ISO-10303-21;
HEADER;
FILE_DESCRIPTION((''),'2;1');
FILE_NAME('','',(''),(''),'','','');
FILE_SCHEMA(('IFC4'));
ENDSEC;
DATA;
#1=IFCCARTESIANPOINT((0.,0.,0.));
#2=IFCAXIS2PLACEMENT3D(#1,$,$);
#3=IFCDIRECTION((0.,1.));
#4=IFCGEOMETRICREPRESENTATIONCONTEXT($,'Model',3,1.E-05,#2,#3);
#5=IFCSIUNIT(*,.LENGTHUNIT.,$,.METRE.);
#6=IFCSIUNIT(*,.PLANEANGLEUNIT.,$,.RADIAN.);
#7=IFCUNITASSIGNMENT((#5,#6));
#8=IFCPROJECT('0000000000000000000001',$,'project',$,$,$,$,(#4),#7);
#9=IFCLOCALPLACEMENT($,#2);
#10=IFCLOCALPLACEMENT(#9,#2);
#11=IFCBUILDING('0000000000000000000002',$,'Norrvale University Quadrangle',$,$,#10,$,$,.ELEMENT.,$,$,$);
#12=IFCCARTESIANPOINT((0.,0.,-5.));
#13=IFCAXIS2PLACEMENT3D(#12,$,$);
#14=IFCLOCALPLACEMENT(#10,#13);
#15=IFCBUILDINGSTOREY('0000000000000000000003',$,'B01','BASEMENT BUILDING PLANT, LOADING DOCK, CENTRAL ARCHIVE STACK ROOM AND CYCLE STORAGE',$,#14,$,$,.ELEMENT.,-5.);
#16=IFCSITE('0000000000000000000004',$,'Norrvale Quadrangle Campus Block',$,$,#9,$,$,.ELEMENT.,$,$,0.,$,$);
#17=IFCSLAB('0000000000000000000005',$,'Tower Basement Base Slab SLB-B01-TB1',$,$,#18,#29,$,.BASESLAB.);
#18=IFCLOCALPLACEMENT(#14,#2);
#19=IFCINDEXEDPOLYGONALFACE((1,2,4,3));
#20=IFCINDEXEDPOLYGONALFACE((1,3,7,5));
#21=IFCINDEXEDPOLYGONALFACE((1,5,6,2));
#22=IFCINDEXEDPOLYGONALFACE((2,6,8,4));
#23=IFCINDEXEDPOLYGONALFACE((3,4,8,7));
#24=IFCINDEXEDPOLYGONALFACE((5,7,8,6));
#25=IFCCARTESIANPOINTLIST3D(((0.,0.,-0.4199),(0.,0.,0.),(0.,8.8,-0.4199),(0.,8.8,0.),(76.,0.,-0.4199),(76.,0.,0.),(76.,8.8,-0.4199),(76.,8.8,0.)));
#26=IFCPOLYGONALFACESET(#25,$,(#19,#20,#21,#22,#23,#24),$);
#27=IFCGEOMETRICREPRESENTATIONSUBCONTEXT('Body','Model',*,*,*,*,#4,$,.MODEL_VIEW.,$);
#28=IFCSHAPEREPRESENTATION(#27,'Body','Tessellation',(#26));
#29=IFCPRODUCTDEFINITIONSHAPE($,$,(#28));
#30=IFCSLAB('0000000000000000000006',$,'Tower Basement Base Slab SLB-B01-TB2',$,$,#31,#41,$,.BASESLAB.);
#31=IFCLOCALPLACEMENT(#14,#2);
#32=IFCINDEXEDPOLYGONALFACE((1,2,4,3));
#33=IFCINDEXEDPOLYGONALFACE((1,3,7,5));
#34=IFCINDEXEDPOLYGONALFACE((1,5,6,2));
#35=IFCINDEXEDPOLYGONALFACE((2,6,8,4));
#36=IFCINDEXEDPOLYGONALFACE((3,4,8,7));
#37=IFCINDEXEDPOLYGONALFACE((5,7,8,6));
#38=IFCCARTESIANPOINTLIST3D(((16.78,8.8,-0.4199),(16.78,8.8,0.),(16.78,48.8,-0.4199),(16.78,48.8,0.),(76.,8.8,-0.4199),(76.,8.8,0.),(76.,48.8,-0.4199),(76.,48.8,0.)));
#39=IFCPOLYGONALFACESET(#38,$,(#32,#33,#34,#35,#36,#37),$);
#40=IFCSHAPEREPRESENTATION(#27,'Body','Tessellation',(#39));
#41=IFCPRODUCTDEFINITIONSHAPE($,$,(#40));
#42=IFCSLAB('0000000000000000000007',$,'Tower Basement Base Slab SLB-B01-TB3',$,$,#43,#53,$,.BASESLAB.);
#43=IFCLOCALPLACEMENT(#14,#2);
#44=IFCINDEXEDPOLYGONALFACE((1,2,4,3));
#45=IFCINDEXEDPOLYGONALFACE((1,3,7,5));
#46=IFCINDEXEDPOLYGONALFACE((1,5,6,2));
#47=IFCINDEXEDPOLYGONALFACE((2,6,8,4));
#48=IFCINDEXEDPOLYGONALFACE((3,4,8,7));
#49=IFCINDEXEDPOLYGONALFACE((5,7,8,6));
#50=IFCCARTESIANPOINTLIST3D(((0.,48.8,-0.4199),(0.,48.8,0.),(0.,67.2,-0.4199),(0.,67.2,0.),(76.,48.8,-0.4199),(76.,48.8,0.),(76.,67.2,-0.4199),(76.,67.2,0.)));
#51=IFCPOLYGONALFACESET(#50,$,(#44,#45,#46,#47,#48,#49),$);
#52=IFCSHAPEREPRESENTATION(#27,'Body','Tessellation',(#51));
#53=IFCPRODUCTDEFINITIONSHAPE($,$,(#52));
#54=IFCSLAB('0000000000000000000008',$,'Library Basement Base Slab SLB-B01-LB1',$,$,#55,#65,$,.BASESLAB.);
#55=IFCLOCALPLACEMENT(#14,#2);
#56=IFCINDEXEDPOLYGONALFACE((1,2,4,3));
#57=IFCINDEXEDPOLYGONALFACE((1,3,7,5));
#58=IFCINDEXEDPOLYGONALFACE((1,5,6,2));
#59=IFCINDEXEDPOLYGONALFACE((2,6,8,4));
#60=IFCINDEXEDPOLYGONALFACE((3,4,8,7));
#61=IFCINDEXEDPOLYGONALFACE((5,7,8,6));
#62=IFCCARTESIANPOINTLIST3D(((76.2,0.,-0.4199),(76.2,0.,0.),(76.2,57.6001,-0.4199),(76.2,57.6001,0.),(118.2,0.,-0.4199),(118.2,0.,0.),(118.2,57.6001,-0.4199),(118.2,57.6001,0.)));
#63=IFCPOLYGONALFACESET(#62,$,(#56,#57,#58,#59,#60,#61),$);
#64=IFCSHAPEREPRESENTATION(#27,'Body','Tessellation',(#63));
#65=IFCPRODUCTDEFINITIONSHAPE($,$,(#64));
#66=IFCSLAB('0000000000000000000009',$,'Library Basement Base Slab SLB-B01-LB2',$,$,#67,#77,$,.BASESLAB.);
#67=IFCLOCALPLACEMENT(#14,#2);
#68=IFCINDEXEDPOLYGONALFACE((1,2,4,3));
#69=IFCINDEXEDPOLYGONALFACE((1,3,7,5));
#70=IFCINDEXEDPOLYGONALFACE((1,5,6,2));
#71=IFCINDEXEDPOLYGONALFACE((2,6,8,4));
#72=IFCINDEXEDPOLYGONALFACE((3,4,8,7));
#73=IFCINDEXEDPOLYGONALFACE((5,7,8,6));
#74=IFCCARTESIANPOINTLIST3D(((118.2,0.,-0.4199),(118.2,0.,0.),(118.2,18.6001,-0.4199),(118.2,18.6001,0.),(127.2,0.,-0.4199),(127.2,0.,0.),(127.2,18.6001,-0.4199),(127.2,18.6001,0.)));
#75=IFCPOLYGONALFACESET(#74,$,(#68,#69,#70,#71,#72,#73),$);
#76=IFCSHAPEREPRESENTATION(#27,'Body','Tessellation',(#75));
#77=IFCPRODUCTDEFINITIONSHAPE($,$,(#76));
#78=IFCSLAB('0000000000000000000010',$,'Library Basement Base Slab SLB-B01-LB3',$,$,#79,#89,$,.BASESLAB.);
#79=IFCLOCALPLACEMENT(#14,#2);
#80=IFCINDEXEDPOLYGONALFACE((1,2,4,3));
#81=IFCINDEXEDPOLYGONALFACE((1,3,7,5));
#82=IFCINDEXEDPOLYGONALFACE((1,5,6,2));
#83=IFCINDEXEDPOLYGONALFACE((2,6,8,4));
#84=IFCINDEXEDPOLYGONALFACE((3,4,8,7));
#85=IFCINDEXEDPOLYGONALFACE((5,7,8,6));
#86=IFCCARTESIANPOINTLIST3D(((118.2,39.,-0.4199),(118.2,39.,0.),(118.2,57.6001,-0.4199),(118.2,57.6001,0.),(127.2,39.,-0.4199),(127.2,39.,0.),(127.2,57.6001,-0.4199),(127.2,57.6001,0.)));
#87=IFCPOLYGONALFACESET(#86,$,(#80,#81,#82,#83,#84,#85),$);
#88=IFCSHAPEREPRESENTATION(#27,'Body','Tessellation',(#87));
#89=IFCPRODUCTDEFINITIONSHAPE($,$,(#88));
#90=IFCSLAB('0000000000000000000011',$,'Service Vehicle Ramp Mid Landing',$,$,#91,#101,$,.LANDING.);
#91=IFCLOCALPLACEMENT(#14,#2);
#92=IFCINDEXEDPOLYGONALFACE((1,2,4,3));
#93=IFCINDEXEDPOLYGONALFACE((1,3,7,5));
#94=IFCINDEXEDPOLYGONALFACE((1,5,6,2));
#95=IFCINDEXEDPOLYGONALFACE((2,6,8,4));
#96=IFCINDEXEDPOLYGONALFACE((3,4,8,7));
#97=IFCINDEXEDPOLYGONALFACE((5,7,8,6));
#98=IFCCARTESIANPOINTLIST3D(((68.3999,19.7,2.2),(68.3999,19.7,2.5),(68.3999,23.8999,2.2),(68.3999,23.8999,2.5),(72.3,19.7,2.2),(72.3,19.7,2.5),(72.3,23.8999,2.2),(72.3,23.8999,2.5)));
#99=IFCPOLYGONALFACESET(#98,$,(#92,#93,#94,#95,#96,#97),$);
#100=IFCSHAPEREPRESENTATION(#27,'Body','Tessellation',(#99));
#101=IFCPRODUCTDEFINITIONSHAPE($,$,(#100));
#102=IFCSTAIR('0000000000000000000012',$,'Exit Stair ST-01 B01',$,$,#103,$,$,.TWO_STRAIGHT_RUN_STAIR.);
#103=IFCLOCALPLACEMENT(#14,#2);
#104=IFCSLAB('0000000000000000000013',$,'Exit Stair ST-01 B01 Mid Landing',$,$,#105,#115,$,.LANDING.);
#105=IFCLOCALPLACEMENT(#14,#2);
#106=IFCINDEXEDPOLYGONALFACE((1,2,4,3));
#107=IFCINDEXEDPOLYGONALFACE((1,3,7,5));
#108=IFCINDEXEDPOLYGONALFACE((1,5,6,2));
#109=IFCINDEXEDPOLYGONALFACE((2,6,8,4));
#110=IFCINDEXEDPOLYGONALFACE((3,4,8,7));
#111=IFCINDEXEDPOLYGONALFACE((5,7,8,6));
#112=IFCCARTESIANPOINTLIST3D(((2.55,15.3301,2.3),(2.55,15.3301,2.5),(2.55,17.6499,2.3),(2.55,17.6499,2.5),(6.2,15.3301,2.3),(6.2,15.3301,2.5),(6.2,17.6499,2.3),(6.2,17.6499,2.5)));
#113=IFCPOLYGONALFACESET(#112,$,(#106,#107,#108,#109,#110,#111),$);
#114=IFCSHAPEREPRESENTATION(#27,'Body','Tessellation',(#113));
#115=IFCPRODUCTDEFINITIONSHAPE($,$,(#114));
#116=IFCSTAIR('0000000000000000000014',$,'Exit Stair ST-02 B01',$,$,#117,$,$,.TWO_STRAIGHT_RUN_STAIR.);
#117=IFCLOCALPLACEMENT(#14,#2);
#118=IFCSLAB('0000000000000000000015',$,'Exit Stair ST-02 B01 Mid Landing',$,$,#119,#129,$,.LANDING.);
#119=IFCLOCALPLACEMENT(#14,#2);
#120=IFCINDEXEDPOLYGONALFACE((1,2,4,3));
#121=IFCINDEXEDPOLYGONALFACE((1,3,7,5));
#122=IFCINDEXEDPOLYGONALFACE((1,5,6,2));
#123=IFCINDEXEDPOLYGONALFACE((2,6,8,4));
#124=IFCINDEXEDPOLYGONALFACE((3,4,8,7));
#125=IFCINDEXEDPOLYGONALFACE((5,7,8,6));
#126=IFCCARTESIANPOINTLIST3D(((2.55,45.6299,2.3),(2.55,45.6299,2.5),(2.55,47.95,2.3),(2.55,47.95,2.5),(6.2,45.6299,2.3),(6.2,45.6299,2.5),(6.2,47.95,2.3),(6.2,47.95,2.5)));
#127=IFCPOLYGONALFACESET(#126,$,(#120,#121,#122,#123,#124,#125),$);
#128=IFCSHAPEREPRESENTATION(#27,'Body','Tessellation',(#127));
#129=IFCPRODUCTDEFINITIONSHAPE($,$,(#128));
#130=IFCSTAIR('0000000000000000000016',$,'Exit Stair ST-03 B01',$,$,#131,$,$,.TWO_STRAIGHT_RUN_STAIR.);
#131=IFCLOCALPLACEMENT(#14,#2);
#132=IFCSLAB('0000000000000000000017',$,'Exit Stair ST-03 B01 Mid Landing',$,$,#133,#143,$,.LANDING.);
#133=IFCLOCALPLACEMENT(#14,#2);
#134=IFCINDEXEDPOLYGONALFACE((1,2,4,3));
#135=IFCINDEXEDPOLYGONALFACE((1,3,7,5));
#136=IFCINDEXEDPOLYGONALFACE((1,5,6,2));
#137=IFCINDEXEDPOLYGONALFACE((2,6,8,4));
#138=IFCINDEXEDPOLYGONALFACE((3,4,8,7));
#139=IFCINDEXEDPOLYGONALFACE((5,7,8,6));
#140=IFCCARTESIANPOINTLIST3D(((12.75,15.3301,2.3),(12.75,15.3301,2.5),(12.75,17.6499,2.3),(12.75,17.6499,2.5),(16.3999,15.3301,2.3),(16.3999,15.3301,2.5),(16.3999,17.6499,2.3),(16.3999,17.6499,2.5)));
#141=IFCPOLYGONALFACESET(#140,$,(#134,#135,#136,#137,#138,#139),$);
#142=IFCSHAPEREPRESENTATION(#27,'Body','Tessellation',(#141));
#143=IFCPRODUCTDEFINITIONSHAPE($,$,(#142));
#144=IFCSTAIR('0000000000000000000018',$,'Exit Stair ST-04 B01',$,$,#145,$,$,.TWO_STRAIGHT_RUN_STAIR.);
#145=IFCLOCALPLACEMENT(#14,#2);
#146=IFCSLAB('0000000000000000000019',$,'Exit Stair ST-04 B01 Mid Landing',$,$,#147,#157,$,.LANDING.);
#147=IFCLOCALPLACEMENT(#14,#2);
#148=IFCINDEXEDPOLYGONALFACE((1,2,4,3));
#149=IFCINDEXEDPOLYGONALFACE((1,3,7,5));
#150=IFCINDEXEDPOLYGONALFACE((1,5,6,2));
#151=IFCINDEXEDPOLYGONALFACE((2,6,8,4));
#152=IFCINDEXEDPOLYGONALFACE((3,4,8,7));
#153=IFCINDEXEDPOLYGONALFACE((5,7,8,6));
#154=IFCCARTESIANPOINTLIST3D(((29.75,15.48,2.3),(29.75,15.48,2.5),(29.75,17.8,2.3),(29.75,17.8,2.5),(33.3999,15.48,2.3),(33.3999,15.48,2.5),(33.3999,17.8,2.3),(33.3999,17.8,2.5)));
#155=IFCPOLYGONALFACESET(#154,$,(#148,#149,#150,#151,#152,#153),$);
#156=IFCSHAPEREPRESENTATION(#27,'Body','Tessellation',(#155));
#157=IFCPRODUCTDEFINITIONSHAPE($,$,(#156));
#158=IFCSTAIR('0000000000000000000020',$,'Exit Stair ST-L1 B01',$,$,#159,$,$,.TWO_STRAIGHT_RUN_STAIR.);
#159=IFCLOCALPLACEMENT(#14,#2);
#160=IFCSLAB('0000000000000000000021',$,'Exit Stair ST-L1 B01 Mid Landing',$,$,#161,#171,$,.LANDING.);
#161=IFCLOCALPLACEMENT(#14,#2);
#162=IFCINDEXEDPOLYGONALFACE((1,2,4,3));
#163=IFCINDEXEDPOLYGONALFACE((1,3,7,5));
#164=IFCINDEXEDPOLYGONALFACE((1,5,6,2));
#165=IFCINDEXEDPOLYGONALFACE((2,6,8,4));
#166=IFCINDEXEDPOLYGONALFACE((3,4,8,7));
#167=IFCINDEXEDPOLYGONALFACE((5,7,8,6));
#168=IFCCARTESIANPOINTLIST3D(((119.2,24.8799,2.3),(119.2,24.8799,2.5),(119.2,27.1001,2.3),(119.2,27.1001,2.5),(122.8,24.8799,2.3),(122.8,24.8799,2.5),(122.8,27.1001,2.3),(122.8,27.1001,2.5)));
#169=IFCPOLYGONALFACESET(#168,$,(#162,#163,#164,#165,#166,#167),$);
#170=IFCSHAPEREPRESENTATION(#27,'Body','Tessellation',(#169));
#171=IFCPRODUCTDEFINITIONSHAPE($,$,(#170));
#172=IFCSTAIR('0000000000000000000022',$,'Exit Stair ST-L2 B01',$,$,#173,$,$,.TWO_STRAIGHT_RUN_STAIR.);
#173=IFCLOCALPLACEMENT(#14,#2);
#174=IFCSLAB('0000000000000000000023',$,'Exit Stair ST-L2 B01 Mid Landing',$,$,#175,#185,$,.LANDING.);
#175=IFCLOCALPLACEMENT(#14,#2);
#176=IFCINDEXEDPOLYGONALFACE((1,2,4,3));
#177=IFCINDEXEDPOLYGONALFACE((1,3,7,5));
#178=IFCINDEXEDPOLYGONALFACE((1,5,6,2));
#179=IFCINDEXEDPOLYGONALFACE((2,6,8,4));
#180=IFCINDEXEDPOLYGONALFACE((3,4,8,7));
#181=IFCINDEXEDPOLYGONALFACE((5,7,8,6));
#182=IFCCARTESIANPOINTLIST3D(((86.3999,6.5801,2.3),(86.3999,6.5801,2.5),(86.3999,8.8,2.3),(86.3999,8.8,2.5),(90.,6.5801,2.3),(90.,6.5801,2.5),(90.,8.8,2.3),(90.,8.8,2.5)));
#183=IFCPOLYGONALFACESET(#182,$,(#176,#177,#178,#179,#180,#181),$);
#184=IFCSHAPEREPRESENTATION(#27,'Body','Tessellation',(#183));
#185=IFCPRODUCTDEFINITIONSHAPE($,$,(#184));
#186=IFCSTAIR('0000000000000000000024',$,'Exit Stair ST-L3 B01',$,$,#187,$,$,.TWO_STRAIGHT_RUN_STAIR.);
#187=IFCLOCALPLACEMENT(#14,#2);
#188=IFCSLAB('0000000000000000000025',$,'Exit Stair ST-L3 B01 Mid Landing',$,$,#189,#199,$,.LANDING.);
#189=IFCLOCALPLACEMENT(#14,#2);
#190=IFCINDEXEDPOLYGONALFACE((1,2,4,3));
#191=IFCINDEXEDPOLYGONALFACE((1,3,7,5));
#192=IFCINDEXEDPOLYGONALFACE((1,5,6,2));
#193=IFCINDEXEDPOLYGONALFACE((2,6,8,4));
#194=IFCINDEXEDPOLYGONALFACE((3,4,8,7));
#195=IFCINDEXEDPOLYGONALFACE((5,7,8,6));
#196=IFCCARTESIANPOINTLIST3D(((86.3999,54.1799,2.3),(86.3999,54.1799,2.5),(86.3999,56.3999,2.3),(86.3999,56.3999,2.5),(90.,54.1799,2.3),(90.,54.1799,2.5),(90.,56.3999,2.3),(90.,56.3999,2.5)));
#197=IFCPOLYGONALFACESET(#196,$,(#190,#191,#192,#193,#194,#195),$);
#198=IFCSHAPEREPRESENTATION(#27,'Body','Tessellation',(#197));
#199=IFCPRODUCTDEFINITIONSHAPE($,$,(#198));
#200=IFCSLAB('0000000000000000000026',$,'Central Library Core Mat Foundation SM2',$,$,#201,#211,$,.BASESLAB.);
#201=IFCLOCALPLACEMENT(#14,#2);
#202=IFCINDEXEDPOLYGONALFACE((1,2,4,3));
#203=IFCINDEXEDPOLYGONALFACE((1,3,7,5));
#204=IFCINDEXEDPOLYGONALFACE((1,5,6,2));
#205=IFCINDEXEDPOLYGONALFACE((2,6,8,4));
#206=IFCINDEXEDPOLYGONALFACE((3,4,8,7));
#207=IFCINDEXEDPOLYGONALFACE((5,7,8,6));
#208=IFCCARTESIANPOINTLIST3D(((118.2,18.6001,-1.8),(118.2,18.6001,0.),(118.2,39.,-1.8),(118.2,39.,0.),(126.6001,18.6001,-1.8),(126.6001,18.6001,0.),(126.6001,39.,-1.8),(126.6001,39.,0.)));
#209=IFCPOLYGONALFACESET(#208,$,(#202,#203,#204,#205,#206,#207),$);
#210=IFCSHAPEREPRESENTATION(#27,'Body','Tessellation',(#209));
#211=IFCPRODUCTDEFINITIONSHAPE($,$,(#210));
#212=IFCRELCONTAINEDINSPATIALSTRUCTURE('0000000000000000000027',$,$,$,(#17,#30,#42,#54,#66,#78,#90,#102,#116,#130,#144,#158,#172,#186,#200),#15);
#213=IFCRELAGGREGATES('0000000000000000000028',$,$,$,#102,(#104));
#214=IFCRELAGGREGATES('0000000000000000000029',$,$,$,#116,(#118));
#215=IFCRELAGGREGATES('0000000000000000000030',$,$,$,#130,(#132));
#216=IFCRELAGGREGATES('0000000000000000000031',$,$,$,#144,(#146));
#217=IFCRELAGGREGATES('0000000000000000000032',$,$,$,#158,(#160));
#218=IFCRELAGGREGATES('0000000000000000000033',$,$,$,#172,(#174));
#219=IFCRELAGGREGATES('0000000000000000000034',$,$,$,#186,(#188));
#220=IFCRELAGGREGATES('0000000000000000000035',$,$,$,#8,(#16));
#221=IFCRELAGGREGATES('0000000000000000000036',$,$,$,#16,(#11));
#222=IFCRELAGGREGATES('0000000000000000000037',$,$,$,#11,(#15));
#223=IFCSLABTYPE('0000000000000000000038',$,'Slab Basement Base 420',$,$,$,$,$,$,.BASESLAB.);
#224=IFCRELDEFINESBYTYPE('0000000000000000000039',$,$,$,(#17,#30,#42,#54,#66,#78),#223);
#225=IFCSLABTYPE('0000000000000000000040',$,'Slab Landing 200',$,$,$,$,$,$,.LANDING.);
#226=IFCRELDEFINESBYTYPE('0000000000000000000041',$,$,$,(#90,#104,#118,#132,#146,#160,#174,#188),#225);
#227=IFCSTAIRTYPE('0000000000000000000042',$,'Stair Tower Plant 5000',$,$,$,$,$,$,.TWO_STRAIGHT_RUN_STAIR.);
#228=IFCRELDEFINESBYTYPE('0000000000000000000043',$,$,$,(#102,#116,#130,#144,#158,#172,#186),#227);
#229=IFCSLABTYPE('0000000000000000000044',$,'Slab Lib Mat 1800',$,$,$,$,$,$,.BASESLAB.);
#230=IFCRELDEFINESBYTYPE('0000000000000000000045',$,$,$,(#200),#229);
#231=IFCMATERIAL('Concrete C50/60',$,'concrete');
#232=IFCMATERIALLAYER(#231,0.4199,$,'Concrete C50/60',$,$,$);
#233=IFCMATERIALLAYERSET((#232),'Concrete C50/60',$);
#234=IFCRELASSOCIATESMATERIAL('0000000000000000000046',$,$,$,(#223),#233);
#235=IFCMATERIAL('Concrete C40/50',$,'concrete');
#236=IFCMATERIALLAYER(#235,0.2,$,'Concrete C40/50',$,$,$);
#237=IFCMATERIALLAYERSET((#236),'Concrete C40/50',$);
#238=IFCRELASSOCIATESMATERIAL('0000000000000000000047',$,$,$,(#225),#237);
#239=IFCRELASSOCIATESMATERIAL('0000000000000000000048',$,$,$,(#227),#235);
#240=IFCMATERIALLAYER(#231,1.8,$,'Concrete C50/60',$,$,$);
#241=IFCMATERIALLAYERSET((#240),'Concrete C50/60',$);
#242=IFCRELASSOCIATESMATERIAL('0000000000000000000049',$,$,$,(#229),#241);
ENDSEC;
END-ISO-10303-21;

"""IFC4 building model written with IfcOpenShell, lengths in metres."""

from ifc_helpers import new_model, si_unit, direction, frame, origin, place, context, subcontext, project, spatial, polyline, outline, extrude, material, layer, layer_set, type_object, element, aggregate, save


model = new_model("IFC4")

# Units and contexts
model_context = context("Model", 3, precision=1e-05, world=origin(), true_north=direction((0.0, 1.0)))
body_context = subcontext(model_context, "Body", "Model", "MODEL_VIEW")
ifc_project = project(units=[si_unit("LENGTHUNIT", "METRE"), si_unit("PLANEANGLEUNIT", "RADIAN")], contexts=[model_context])

# Site, building, storey
site_placement = place(None, origin())
site = spatial("IfcSite", under=ifc_project, at=site_placement, Name="Norrvale Quadrangle Campus Block", CompositionType="ELEMENT", RefElevation=0.0)
building_placement = place(site_placement, origin())
building = spatial("IfcBuilding", under=site, at=building_placement, Name="Norrvale University Quadrangle", CompositionType="ELEMENT")
storey_placement = place(building_placement, frame((0.0, 0.0, -5.0)))
storey = spatial("IfcBuildingStorey", under=building, at=storey_placement, Name="B01", Description="BASEMENT BUILDING PLANT, LOADING DOCK, CENTRAL ARCHIVE STACK ROOM AND CYCLE STORAGE", CompositionType="ELEMENT", Elevation=-5.0)

# Shared definitions
ifc_material_1 = material(Name="Concrete C50/60", Category="concrete")

# Slabs
ifc_layer_1 = layer(ifc_material_1, 0.4199, Name="Concrete C50/60")
ifc_layer_set_1 = layer_set([ifc_layer_1], Name="Concrete C50/60")
slab_type_1 = type_object("IfcSlabType", Name="Slab Basement Base 420", PredefinedType="BASESLAB", material=ifc_layer_set_1)
slab_1_placement = place(storey_placement, frame((0.0, 0.0, -0.4199)))
element("IfcSlab", 1, at=slab_1_placement, inside=storey, type_object=slab_type_1, Name="Tower Basement Base Slab SLB-B01-TB1", PredefinedType="BASESLAB", context=body_context, shape_type="SweptSolid", body=[
    extrude(outline(polyline([(0.0, 0.0), (76.0, 0.0), (76.0, 8.8), (0.0, 8.8), (0.0, 0.0)])), origin(), (0.0, 0.0, 1.0), 0.4199),
])
slab_2_placement = place(storey_placement, frame((0.0, 0.0, -0.4199)))
element("IfcSlab", 2, at=slab_2_placement, inside=storey, type_object=slab_type_1, Name="Tower Basement Base Slab SLB-B01-TB2", PredefinedType="BASESLAB", context=body_context, shape_type="SweptSolid", body=[
    extrude(outline(polyline([(16.78, 8.8), (76.0, 8.8), (76.0, 48.8), (16.78, 48.8), (16.78, 8.8)])), origin(), (0.0, 0.0, 1.0), 0.4199),
])
slab_3_placement = place(storey_placement, frame((0.0, 0.0, -0.4199)))
element("IfcSlab", 3, at=slab_3_placement, inside=storey, type_object=slab_type_1, Name="Tower Basement Base Slab SLB-B01-TB3", PredefinedType="BASESLAB", context=body_context, shape_type="SweptSolid", body=[
    extrude(outline(polyline([(0.0, 48.8), (76.0, 48.8), (76.0, 67.2), (0.0, 67.2), (0.0, 48.8)])), origin(), (0.0, 0.0, 1.0), 0.4199),
])
slab_4_placement = place(storey_placement, frame((0.0, 0.0, -0.4199)))
element("IfcSlab", 4, at=slab_4_placement, inside=storey, type_object=slab_type_1, Name="Library Basement Base Slab SLB-B01-LB1", PredefinedType="BASESLAB", context=body_context, shape_type="SweptSolid", body=[
    extrude(outline(polyline([(76.2, 0.0), (118.2, 0.0), (118.2, 57.6001), (76.2, 57.6001), (76.2, 0.0)])), origin(), (0.0, 0.0, 1.0), 0.4199),
])
slab_5_placement = place(storey_placement, frame((0.0, 0.0, -0.4199)))
element("IfcSlab", 5, at=slab_5_placement, inside=storey, type_object=slab_type_1, Name="Library Basement Base Slab SLB-B01-LB2", PredefinedType="BASESLAB", context=body_context, shape_type="SweptSolid", body=[
    extrude(outline(polyline([(118.2, 0.0), (127.2, 0.0), (127.2, 18.6001), (118.2, 18.6001), (118.2, 0.0)])), origin(), (0.0, 0.0, 1.0), 0.4199),
])
slab_6_placement = place(storey_placement, frame((0.0, 0.0, -0.4199)))
element("IfcSlab", 6, at=slab_6_placement, inside=storey, type_object=slab_type_1, Name="Library Basement Base Slab SLB-B01-LB3", PredefinedType="BASESLAB", context=body_context, shape_type="SweptSolid", body=[
    extrude(outline(polyline([(118.2, 39.0), (127.2, 39.0), (127.2, 57.6001), (118.2, 57.6001), (118.2, 39.0)])), origin(), (0.0, 0.0, 1.0), 0.4199),
])
ifc_material_2 = material(Name="Concrete C40/50", Category="concrete")
ifc_layer_2 = layer(ifc_material_2, 0.2, Name="Concrete C40/50")
ifc_layer_set_2 = layer_set([ifc_layer_2], Name="Concrete C40/50")
slab_type_2 = type_object("IfcSlabType", Name="Slab Landing 200", PredefinedType="LANDING", material=ifc_layer_set_2)
slab_7_placement = place(storey_placement, frame((0.0, 0.0, 2.2)))
element("IfcSlab", 7, at=slab_7_placement, inside=storey, type_object=slab_type_2, Name="Service Vehicle Ramp Mid Landing", PredefinedType="LANDING", context=body_context, shape_type="SweptSolid", body=[
    extrude(outline(polyline([(68.3999, 19.7), (72.3, 19.7), (72.3, 23.8999), (68.3999, 23.8999), (68.3999, 19.7)])), origin(), (0.0, 0.0, 1.0), 0.3),
])

# Stairs, slabs
stair_type = type_object("IfcStairType", Name="Stair Tower Plant 5000", PredefinedType="TWO_STRAIGHT_RUN_STAIR", material=ifc_material_2)
stair_1_placement = place(storey_placement, origin())
stair_1 = element("IfcStair", 8, at=stair_1_placement, inside=storey, type_object=stair_type, Name="Exit Stair ST-01 B01", PredefinedType="TWO_STRAIGHT_RUN_STAIR")
slab_8_placement = place(storey_placement, frame((0.0, 0.0, 2.3)))
slab_8 = element("IfcSlab", 9, at=slab_8_placement, type_object=slab_type_2, Name="Exit Stair ST-01 B01 Mid Landing", PredefinedType="LANDING", context=body_context, shape_type="SweptSolid", body=[
    extrude(outline(polyline([(2.55, 15.3301), (6.2, 15.3301), (6.2, 17.6499), (2.55, 17.6499), (2.55, 15.3301)])), origin(), (0.0, 0.0, 1.0), 0.2),
])
aggregate(stair_1, [slab_8])
stair_2_placement = place(storey_placement, origin())
stair_2 = element("IfcStair", 10, at=stair_2_placement, inside=storey, type_object=stair_type, Name="Exit Stair ST-02 B01", PredefinedType="TWO_STRAIGHT_RUN_STAIR")
slab_9_placement = place(storey_placement, frame((0.0, 0.0, 2.3)))
slab_9 = element("IfcSlab", 11, at=slab_9_placement, type_object=slab_type_2, Name="Exit Stair ST-02 B01 Mid Landing", PredefinedType="LANDING", context=body_context, shape_type="SweptSolid", body=[
    extrude(outline(polyline([(2.55, 45.6299), (6.2, 45.6299), (6.2, 47.95), (2.55, 47.95), (2.55, 45.6299)])), origin(), (0.0, 0.0, 1.0), 0.2),
])
aggregate(stair_2, [slab_9])
stair_3_placement = place(storey_placement, origin())
stair_3 = element("IfcStair", 12, at=stair_3_placement, inside=storey, type_object=stair_type, Name="Exit Stair ST-03 B01", PredefinedType="TWO_STRAIGHT_RUN_STAIR")
slab_10_placement = place(storey_placement, frame((0.0, 0.0, 2.3)))
slab_10 = element("IfcSlab", 13, at=slab_10_placement, type_object=slab_type_2, Name="Exit Stair ST-03 B01 Mid Landing", PredefinedType="LANDING", context=body_context, shape_type="SweptSolid", body=[
    extrude(outline(polyline([(12.75, 15.3301), (16.3999, 15.3301), (16.3999, 17.6499), (12.75, 17.6499), (12.75, 15.3301)])), origin(), (0.0, 0.0, 1.0), 0.2),
])
aggregate(stair_3, [slab_10])
stair_4_placement = place(storey_placement, origin())
stair_4 = element("IfcStair", 14, at=stair_4_placement, inside=storey, type_object=stair_type, Name="Exit Stair ST-04 B01", PredefinedType="TWO_STRAIGHT_RUN_STAIR")
slab_11_placement = place(storey_placement, frame((0.0, 0.0, 2.3)))
slab_11 = element("IfcSlab", 15, at=slab_11_placement, type_object=slab_type_2, Name="Exit Stair ST-04 B01 Mid Landing", PredefinedType="LANDING", context=body_context, shape_type="SweptSolid", body=[
    extrude(outline(polyline([(29.75, 15.48), (33.3999, 15.48), (33.3999, 17.8), (29.75, 17.8), (29.75, 15.48)])), origin(), (0.0, 0.0, 1.0), 0.2),
])
aggregate(stair_4, [slab_11])
stair_5_placement = place(storey_placement, origin())
stair_5 = element("IfcStair", 16, at=stair_5_placement, inside=storey, type_object=stair_type, Name="Exit Stair ST-L1 B01", PredefinedType="TWO_STRAIGHT_RUN_STAIR")
slab_12_placement = place(storey_placement, frame((0.0, 0.0, 2.3)))
slab_12 = element("IfcSlab", 17, at=slab_12_placement, type_object=slab_type_2, Name="Exit Stair ST-L1 B01 Mid Landing", PredefinedType="LANDING", context=body_context, shape_type="SweptSolid", body=[
    extrude(outline(polyline([(119.2, 24.8799), (122.8, 24.8799), (122.8, 27.1001), (119.2, 27.1001), (119.2, 24.8799)])), origin(), (0.0, 0.0, 1.0), 0.2),
])
aggregate(stair_5, [slab_12])
stair_6_placement = place(storey_placement, origin())
stair_6 = element("IfcStair", 18, at=stair_6_placement, inside=storey, type_object=stair_type, Name="Exit Stair ST-L2 B01", PredefinedType="TWO_STRAIGHT_RUN_STAIR")
slab_13_placement = place(storey_placement, frame((0.0, 0.0, 2.3)))
slab_13 = element("IfcSlab", 19, at=slab_13_placement, type_object=slab_type_2, Name="Exit Stair ST-L2 B01 Mid Landing", PredefinedType="LANDING", context=body_context, shape_type="SweptSolid", body=[
    extrude(outline(polyline([(86.3999, 6.5801), (90.0, 6.5801), (90.0, 8.8), (86.3999, 8.8), (86.3999, 6.5801)])), origin(), (0.0, 0.0, 1.0), 0.2),
])
aggregate(stair_6, [slab_13])
stair_7_placement = place(storey_placement, origin())
stair_7 = element("IfcStair", 20, at=stair_7_placement, inside=storey, type_object=stair_type, Name="Exit Stair ST-L3 B01", PredefinedType="TWO_STRAIGHT_RUN_STAIR")
slab_14_placement = place(storey_placement, frame((0.0, 0.0, 2.3)))
slab_14 = element("IfcSlab", 21, at=slab_14_placement, type_object=slab_type_2, Name="Exit Stair ST-L3 B01 Mid Landing", PredefinedType="LANDING", context=body_context, shape_type="SweptSolid", body=[
    extrude(outline(polyline([(86.3999, 54.1799), (90.0, 54.1799), (90.0, 56.3999), (86.3999, 56.3999), (86.3999, 54.1799)])), origin(), (0.0, 0.0, 1.0), 0.2),
])
aggregate(stair_7, [slab_14])

# Slab
ifc_layer_3 = layer(ifc_material_1, 1.8, Name="Concrete C50/60")
ifc_layer_set_3 = layer_set([ifc_layer_3], Name="Concrete C50/60")
slab_type_3 = type_object("IfcSlabType", Name="Slab Lib Mat 1800", PredefinedType="BASESLAB", material=ifc_layer_set_3)
slab_15_placement = place(storey_placement, frame((0.0, 0.0, -1.8)))
element("IfcSlab", 22, at=slab_15_placement, inside=storey, type_object=slab_type_3, Name="Central Library Core Mat Foundation SM2", PredefinedType="BASESLAB", context=body_context, shape_type="SweptSolid", body=[
    extrude(outline(polyline([(118.2, 18.6001), (126.6001, 18.6001), (126.6001, 39.0), (118.2, 39.0), (118.2, 18.6001)])), origin(), (0.0, 0.0, 1.0), 1.8),
])

save(model, "model.ifc")
